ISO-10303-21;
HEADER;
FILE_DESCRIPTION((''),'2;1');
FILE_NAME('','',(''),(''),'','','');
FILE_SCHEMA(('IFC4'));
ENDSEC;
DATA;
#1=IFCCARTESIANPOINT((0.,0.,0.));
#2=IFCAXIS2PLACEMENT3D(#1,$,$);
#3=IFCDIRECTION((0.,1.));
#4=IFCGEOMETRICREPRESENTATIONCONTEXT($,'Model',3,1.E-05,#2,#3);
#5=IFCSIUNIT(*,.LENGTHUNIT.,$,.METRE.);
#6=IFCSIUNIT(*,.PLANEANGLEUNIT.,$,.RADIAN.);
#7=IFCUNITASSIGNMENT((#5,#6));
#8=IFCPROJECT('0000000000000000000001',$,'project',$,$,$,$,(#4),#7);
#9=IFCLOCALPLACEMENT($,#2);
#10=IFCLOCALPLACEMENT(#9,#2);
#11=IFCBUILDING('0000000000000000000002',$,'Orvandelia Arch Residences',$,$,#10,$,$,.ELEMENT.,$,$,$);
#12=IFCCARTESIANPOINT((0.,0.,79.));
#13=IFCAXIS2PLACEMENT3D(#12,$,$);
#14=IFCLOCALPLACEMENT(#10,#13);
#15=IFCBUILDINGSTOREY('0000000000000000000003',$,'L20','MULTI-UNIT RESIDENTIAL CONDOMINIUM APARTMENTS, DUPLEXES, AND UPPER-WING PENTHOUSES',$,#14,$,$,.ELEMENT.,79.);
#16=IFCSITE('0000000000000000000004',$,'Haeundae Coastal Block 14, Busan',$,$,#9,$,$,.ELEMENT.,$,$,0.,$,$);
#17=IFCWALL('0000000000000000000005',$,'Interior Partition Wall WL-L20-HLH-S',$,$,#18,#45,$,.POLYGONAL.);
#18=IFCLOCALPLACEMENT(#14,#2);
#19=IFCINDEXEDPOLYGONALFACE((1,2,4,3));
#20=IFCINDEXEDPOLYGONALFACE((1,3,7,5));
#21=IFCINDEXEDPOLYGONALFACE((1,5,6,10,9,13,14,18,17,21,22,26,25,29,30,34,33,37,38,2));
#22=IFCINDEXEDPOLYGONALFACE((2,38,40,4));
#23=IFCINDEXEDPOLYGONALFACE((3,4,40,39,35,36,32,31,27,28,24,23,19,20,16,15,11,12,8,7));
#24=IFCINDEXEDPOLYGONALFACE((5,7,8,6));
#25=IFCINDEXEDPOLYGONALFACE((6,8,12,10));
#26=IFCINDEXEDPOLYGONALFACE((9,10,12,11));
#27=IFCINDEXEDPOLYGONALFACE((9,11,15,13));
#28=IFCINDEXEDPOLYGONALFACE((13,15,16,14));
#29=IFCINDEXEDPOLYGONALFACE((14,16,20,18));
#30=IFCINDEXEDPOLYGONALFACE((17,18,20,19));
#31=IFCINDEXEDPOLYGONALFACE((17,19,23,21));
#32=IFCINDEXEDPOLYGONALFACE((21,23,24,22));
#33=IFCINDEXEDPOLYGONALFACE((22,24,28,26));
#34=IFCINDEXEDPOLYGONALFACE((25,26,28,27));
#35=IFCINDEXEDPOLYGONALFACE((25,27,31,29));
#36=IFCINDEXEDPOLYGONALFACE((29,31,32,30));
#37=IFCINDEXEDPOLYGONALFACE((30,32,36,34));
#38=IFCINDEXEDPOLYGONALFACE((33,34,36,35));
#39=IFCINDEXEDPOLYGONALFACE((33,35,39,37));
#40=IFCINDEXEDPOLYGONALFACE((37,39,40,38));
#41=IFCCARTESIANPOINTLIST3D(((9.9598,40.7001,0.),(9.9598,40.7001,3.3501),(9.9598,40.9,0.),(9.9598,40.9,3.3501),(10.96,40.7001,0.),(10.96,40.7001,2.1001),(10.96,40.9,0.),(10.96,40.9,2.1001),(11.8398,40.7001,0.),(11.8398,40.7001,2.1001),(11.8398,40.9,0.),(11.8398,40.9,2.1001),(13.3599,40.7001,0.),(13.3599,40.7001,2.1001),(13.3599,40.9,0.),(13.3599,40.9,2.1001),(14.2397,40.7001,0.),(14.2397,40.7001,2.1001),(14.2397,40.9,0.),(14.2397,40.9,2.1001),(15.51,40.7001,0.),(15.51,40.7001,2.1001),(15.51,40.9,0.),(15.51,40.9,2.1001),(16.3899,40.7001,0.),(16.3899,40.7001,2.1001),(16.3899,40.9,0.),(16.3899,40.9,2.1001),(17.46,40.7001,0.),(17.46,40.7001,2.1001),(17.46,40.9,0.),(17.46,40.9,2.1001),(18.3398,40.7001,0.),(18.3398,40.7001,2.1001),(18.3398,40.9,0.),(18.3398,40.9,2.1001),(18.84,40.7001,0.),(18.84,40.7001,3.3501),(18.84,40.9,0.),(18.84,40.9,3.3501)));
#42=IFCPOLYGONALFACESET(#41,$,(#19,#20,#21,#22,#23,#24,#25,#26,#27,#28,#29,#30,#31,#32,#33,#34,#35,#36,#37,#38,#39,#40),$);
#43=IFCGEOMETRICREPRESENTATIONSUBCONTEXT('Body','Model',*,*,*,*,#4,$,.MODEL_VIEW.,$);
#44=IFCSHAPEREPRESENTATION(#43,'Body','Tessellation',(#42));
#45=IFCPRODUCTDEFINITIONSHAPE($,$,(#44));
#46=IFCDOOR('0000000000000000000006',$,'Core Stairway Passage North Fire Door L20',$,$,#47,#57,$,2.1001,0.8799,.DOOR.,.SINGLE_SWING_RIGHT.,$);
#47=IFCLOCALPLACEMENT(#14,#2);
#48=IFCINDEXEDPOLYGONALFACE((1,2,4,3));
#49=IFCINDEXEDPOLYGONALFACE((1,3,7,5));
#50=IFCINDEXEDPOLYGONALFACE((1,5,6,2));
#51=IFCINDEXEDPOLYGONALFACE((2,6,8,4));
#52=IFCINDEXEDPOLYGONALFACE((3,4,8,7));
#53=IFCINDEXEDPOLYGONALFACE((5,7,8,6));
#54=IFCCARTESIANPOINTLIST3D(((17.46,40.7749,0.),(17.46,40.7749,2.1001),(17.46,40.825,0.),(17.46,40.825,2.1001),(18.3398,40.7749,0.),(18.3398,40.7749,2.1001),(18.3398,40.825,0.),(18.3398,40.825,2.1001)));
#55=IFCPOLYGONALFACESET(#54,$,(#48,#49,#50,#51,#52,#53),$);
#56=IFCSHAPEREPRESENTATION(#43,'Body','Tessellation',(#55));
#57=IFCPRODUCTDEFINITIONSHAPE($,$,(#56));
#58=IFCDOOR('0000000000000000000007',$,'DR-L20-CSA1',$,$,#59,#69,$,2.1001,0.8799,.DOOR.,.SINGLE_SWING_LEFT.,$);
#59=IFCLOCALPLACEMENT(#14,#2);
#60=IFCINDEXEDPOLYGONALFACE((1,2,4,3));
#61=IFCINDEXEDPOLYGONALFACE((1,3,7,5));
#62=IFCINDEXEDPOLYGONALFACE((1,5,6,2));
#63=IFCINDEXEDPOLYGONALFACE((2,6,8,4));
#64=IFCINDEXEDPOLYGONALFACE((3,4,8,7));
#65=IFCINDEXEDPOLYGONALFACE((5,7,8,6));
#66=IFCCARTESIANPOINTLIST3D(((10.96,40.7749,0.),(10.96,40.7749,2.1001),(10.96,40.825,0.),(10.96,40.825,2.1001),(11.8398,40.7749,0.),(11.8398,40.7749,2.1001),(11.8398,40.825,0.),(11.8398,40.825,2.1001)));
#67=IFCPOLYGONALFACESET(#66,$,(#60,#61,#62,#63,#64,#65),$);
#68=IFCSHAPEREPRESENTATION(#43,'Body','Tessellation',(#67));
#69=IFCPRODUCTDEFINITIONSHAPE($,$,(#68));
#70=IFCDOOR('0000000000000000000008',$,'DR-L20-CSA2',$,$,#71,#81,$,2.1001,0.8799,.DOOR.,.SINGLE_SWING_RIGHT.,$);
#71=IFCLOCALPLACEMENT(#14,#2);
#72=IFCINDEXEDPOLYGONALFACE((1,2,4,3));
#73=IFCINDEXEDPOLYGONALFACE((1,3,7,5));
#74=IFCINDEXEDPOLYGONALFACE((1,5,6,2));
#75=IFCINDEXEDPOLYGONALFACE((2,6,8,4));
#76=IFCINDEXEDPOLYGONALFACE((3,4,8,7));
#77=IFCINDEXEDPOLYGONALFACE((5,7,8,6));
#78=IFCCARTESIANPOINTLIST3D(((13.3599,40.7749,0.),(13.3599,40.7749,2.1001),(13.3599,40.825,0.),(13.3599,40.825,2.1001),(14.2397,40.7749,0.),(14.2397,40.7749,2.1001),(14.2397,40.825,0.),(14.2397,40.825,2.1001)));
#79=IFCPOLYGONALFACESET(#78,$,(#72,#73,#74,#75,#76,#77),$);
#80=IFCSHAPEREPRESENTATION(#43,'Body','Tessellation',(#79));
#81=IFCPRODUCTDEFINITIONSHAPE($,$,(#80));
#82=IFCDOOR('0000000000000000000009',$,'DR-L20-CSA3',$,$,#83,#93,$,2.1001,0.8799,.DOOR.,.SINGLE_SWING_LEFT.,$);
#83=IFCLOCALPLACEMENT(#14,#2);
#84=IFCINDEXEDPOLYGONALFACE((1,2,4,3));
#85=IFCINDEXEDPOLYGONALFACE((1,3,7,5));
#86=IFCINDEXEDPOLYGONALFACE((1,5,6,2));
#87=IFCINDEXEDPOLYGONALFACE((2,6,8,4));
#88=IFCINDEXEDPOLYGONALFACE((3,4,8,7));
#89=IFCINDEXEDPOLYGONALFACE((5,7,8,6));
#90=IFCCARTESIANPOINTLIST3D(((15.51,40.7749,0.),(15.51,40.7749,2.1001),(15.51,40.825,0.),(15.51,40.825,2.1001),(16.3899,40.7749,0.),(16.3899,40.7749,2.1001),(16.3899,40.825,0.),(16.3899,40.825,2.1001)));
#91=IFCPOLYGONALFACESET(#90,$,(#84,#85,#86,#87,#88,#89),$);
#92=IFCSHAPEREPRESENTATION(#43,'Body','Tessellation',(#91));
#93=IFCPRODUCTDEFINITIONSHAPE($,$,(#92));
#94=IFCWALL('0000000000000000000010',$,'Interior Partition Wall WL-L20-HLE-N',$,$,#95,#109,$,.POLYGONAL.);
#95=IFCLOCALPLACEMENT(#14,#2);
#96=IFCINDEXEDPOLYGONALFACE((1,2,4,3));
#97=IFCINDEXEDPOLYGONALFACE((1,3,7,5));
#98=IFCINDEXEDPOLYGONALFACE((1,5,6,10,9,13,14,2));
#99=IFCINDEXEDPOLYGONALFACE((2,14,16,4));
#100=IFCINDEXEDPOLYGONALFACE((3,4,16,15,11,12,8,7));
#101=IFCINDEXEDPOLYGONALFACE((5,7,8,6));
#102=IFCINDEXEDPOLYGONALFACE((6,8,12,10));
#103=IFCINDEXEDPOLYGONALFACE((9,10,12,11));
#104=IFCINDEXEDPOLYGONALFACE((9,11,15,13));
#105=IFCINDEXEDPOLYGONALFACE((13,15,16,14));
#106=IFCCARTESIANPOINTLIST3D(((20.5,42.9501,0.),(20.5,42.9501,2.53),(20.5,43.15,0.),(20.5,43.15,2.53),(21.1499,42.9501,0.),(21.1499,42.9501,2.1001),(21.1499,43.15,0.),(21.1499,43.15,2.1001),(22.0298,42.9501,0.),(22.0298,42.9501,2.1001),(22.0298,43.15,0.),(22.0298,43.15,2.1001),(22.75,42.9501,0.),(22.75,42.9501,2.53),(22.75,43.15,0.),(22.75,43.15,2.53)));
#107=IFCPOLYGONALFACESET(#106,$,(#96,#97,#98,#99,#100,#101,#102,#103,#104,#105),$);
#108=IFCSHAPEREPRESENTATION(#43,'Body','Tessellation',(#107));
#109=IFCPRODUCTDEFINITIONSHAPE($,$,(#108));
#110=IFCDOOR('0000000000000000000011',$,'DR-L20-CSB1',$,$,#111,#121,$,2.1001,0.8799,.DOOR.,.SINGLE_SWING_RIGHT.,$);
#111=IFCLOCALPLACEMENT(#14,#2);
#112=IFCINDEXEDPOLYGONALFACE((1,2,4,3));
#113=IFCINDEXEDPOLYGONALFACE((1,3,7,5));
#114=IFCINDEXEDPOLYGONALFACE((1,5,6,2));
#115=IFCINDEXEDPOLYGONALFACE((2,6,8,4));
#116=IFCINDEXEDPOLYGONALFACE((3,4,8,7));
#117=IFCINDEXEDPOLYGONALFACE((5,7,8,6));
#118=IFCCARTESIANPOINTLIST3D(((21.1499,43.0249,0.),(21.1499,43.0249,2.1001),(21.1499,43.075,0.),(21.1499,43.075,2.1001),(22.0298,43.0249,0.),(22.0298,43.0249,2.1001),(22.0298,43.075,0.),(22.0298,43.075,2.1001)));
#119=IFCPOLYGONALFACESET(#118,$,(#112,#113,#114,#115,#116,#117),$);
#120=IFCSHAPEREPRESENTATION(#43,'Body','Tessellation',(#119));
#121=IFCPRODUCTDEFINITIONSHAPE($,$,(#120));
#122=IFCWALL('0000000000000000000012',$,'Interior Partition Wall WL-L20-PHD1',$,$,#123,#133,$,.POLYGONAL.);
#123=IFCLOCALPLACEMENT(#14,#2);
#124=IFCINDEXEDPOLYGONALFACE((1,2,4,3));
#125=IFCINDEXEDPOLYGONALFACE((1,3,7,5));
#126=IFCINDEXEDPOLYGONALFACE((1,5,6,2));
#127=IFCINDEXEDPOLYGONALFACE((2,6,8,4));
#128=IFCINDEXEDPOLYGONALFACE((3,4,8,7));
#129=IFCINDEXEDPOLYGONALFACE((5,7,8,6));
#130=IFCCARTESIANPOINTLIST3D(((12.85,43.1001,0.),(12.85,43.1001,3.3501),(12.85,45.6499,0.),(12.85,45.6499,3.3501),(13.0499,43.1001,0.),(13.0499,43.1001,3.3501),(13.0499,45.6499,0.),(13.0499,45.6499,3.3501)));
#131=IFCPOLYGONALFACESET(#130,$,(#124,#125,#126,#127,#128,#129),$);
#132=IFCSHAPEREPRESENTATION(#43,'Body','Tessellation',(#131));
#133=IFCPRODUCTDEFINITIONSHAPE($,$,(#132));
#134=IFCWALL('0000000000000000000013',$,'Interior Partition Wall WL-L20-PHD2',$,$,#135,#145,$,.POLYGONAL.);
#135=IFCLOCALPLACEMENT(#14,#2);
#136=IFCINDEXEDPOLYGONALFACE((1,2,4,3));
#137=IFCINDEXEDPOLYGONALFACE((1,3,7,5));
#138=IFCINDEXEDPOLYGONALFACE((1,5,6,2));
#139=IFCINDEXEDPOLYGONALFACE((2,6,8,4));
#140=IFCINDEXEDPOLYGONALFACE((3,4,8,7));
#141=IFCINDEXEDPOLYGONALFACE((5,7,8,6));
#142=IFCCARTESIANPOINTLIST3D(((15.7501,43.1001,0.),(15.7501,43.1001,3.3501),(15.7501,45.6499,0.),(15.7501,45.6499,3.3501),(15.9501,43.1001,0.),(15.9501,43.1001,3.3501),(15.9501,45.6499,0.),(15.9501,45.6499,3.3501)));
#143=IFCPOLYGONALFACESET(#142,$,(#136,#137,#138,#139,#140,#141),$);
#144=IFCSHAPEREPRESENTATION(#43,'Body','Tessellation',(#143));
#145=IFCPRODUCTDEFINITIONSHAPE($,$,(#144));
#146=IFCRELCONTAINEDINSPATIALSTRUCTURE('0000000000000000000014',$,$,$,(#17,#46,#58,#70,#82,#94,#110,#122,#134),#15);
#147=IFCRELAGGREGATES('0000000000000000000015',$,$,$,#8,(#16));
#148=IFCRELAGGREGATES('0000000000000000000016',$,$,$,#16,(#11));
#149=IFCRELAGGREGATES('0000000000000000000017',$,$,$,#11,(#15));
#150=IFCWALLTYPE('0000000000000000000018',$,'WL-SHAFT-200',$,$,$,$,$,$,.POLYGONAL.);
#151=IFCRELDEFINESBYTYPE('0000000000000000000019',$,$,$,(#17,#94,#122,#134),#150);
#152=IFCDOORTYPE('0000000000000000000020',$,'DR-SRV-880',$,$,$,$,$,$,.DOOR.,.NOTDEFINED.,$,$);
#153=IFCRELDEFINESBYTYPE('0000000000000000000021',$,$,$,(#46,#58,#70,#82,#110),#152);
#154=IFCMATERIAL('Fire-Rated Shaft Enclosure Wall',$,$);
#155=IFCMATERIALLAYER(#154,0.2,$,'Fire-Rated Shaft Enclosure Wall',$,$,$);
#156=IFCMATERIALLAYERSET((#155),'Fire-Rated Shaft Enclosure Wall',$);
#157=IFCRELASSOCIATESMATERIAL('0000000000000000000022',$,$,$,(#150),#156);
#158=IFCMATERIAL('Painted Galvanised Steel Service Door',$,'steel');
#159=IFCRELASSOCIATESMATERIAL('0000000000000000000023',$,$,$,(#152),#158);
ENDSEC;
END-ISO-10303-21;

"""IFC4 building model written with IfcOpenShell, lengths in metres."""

from ifc_helpers import new_model, si_unit, direction, frame, frame_2d, origin, place, context, subcontext, project, spatial, rectangle, extrude, material, layer, layer_set, type_object, element, fill, save


model = new_model("IFC4")

# Units and contexts
model_context = context("Model", 3, precision=1e-05, world=origin(), true_north=direction((0.0, 1.0)))
body_context = subcontext(model_context, "Body", "Model", "MODEL_VIEW")
ifc_project = project(units=[si_unit("LENGTHUNIT", "METRE"), si_unit("PLANEANGLEUNIT", "RADIAN")], contexts=[model_context])

# Site, building, storey
site_placement = place(None, origin())
site = spatial("IfcSite", under=ifc_project, at=site_placement, Name="Haeundae Coastal Block 14, Busan", CompositionType="ELEMENT", RefElevation=0.0)
building_placement = place(site_placement, origin())
building = spatial("IfcBuilding", under=site, at=building_placement, Name="Orvandelia Arch Residences", CompositionType="ELEMENT")
storey_placement = place(building_placement, frame((0.0, 0.0, 79.0)))
storey = spatial("IfcBuildingStorey", under=building, at=storey_placement, Name="L20", Description="MULTI-UNIT RESIDENTIAL CONDOMINIUM APARTMENTS, DUPLEXES, AND UPPER-WING PENTHOUSES", CompositionType="ELEMENT", Elevation=79.0)

# Shared definitions
ifc_material_1 = material(Name="Fire-Rated Shaft Enclosure Wall")
ifc_layer_1 = layer(ifc_material_1, 0.2, Name="Fire-Rated Shaft Enclosure Wall")
ifc_layer_set_1 = layer_set([ifc_layer_1], Name="Fire-Rated Shaft Enclosure Wall")
wall_type_1 = type_object("IfcWallType", Name="WL-SHAFT-200", PredefinedType="POLYGONAL", material=ifc_layer_set_1)

# Wall, openings, doors
wall_1_placement = place(storey_placement, frame((9.96, 40.8, 0.0), z_axis=(0.0, 0.0, 1.0), x_axis=(1.0, 0.0, 0.0)))
wall_1 = element("IfcWall", 1, at=wall_1_placement, inside=storey, type_object=wall_type_1, Name="Interior Partition Wall WL-L20-HLH-S", PredefinedType="POLYGONAL", context=body_context, shape_type="SweptSolid", body=[
    extrude(rectangle(XDim=8.8801, YDim=0.2, at=frame_2d((4.4399, 0.0))), origin(), (0.0, 0.0, 1.0), 3.3501),
])
opening_1_placement = place(wall_1_placement, frame((7.5, 0.0, 0.0)))
opening_1 = element("IfcOpeningElement", 2, at=opening_1_placement, cuts=wall_1, PredefinedType="OPENING", context=body_context, shape_type="SweptSolid", body=[
    extrude(rectangle(XDim=0.8799, YDim=2.1001, at=frame_2d((0.4399, 1.05))), frame((0.0, 0.1099, 0.0), z_axis=(0.0, -1.0, 0.0), x_axis=(1.0, 0.0, 0.0)), (0.0, 0.0, 1.0), 0.22),
])
opening_2_placement = place(wall_1_placement, frame((1.0, 0.0, 0.0)))
opening_2 = element("IfcOpeningElement", 3, at=opening_2_placement, cuts=wall_1, PredefinedType="OPENING", context=body_context, shape_type="SweptSolid", body=[
    extrude(rectangle(XDim=0.8799, YDim=2.1001, at=frame_2d((0.4399, 1.05))), frame((0.0, 0.1099, 0.0), z_axis=(0.0, -1.0, 0.0), x_axis=(1.0, 0.0, 0.0)), (0.0, 0.0, 1.0), 0.22),
])
opening_3_placement = place(wall_1_placement, frame((3.3999, 0.0, 0.0)))
opening_3 = element("IfcOpeningElement", 4, at=opening_3_placement, cuts=wall_1, PredefinedType="OPENING", context=body_context, shape_type="SweptSolid", body=[
    extrude(rectangle(XDim=0.8799, YDim=2.1001, at=frame_2d((0.4399, 1.05))), frame((0.0, 0.1099, 0.0), z_axis=(0.0, -1.0, 0.0), x_axis=(1.0, 0.0, 0.0)), (0.0, 0.0, 1.0), 0.22),
])
opening_4_placement = place(wall_1_placement, frame((5.55, 0.0, 0.0)))
opening_4 = element("IfcOpeningElement", 5, at=opening_4_placement, cuts=wall_1, PredefinedType="OPENING", context=body_context, shape_type="SweptSolid", body=[
    extrude(rectangle(XDim=0.8799, YDim=2.1001, at=frame_2d((0.4399, 1.05))), frame((0.0, 0.1099, 0.0), z_axis=(0.0, -1.0, 0.0), x_axis=(1.0, 0.0, 0.0)), (0.0, 0.0, 1.0), 0.22),
])
ifc_material_2 = material(Name="Painted Galvanised Steel Service Door", Category="steel")
door_type_1 = type_object("IfcDoorType", Name="DR-SRV-880", OperationType="NOTDEFINED", PredefinedType="DOOR", material=ifc_material_2)
door_1_placement = place(opening_1_placement, origin())
door_1 = element("IfcDoor", 6, at=door_1_placement, inside=storey, type_object=door_type_1, Name="Core Stairway Passage North Fire Door L20", OperationType="SINGLE_SWING_RIGHT", OverallHeight=2.1001, OverallWidth=0.8799, PredefinedType="DOOR", context=body_context, shape_type="SweptSolid", body=[
    extrude(rectangle(XDim=0.8799, YDim=2.1001, at=frame_2d((0.4399, 1.05))), frame((0.0, 0.0249, 0.0), z_axis=(0.0, -1.0, 0.0), x_axis=(1.0, 0.0, 0.0)), (0.0, 0.0, 1.0), 0.05),
])
fill(opening_1, door_1)
door_2_placement = place(opening_2_placement, origin())
door_2 = element("IfcDoor", 7, at=door_2_placement, inside=storey, type_object=door_type_1, Name="DR-L20-CSA1", OperationType="SINGLE_SWING_LEFT", OverallHeight=2.1001, OverallWidth=0.8799, PredefinedType="DOOR", context=body_context, shape_type="SweptSolid", body=[
    extrude(rectangle(XDim=0.8799, YDim=2.1001, at=frame_2d((0.4399, 1.05))), frame((0.0, 0.0249, 0.0), z_axis=(0.0, -1.0, 0.0), x_axis=(1.0, 0.0, 0.0)), (0.0, 0.0, 1.0), 0.05),
])
fill(opening_2, door_2)
door_3_placement = place(opening_3_placement, origin())
door_3 = element("IfcDoor", 8, at=door_3_placement, inside=storey, type_object=door_type_1, Name="DR-L20-CSA2", OperationType="SINGLE_SWING_RIGHT", OverallHeight=2.1001, OverallWidth=0.8799, PredefinedType="DOOR", context=body_context, shape_type="SweptSolid", body=[
    extrude(rectangle(XDim=0.8799, YDim=2.1001, at=frame_2d((0.4399, 1.05))), frame((0.0, 0.0249, 0.0), z_axis=(0.0, -1.0, 0.0), x_axis=(1.0, 0.0, 0.0)), (0.0, 0.0, 1.0), 0.05),
])
fill(opening_3, door_3)
door_4_placement = place(opening_4_placement, origin())
door_4 = element("IfcDoor", 9, at=door_4_placement, inside=storey, type_object=door_type_1, Name="DR-L20-CSA3", OperationType="SINGLE_SWING_LEFT", OverallHeight=2.1001, OverallWidth=0.8799, PredefinedType="DOOR", context=body_context, shape_type="SweptSolid", body=[
    extrude(rectangle(XDim=0.8799, YDim=2.1001, at=frame_2d((0.4399, 1.05))), frame((0.0, 0.0249, 0.0), z_axis=(0.0, -1.0, 0.0), x_axis=(1.0, 0.0, 0.0)), (0.0, 0.0, 1.0), 0.05),
])
fill(opening_4, door_4)

# Wall, opening, door
wall_2_placement = place(storey_placement, frame((20.5, 43.05, 0.0), z_axis=(0.0, 0.0, 1.0), x_axis=(1.0, 0.0, 0.0)))
wall_2 = element("IfcWall", 10, at=wall_2_placement, inside=storey, type_object=wall_type_1, Name="Interior Partition Wall WL-L20-HLE-N", PredefinedType="POLYGONAL", context=body_context, shape_type="SweptSolid", body=[
    extrude(rectangle(XDim=2.25, YDim=0.2, at=frame_2d((1.125, 0.0))), origin(), (0.0, 0.0, 1.0), 2.53),
])
opening_5_placement = place(wall_2_placement, frame((0.6499, 0.0, 0.0)))
opening_5 = element("IfcOpeningElement", 11, at=opening_5_placement, cuts=wall_2, PredefinedType="OPENING", context=body_context, shape_type="SweptSolid", body=[
    extrude(rectangle(XDim=0.8799, YDim=2.1001, at=frame_2d((0.4399, 1.05))), frame((0.0, 0.1099, 0.0), z_axis=(0.0, -1.0, 0.0), x_axis=(1.0, 0.0, 0.0)), (0.0, 0.0, 1.0), 0.22),
])
door_5_placement = place(opening_5_placement, origin())
door_5 = element("IfcDoor", 12, at=door_5_placement, inside=storey, type_object=door_type_1, Name="DR-L20-CSB1", OperationType="SINGLE_SWING_RIGHT", OverallHeight=2.1001, OverallWidth=0.8799, PredefinedType="DOOR", context=body_context, shape_type="SweptSolid", body=[
    extrude(rectangle(XDim=0.8799, YDim=2.1001, at=frame_2d((0.4399, 1.05))), frame((0.0, 0.0249, 0.0), z_axis=(0.0, -1.0, 0.0), x_axis=(1.0, 0.0, 0.0)), (0.0, 0.0, 1.0), 0.05),
])
fill(opening_5, door_5)

# Walls
for number, where, z_axis, x_axis, name in (
    (13, (12.95, 43.1001, 0.0), (0.0, 0.0, 1.0), (0.0, 1.0, 0.0), "Interior Partition Wall WL-L20-PHD1"),
    (14, (15.8501, 43.1001, 0.0), (0.0, 0.0, 1.0), (0.0, 1.0, 0.0), "Interior Partition Wall WL-L20-PHD2"),
):
    element("IfcWall", number, at=place(storey_placement, frame(where, z_axis=z_axis, x_axis=x_axis)), inside=storey, type_object=wall_type_1, Name=name, PredefinedType="POLYGONAL", context=body_context, shape_type="SweptSolid", body=[
        extrude(rectangle(XDim=2.5498, YDim=0.2, at=frame_2d((1.2749, 0.0))), origin(), (0.0, 0.0, 1.0), 3.3501),
    ])

save(model, "model.ifc")
